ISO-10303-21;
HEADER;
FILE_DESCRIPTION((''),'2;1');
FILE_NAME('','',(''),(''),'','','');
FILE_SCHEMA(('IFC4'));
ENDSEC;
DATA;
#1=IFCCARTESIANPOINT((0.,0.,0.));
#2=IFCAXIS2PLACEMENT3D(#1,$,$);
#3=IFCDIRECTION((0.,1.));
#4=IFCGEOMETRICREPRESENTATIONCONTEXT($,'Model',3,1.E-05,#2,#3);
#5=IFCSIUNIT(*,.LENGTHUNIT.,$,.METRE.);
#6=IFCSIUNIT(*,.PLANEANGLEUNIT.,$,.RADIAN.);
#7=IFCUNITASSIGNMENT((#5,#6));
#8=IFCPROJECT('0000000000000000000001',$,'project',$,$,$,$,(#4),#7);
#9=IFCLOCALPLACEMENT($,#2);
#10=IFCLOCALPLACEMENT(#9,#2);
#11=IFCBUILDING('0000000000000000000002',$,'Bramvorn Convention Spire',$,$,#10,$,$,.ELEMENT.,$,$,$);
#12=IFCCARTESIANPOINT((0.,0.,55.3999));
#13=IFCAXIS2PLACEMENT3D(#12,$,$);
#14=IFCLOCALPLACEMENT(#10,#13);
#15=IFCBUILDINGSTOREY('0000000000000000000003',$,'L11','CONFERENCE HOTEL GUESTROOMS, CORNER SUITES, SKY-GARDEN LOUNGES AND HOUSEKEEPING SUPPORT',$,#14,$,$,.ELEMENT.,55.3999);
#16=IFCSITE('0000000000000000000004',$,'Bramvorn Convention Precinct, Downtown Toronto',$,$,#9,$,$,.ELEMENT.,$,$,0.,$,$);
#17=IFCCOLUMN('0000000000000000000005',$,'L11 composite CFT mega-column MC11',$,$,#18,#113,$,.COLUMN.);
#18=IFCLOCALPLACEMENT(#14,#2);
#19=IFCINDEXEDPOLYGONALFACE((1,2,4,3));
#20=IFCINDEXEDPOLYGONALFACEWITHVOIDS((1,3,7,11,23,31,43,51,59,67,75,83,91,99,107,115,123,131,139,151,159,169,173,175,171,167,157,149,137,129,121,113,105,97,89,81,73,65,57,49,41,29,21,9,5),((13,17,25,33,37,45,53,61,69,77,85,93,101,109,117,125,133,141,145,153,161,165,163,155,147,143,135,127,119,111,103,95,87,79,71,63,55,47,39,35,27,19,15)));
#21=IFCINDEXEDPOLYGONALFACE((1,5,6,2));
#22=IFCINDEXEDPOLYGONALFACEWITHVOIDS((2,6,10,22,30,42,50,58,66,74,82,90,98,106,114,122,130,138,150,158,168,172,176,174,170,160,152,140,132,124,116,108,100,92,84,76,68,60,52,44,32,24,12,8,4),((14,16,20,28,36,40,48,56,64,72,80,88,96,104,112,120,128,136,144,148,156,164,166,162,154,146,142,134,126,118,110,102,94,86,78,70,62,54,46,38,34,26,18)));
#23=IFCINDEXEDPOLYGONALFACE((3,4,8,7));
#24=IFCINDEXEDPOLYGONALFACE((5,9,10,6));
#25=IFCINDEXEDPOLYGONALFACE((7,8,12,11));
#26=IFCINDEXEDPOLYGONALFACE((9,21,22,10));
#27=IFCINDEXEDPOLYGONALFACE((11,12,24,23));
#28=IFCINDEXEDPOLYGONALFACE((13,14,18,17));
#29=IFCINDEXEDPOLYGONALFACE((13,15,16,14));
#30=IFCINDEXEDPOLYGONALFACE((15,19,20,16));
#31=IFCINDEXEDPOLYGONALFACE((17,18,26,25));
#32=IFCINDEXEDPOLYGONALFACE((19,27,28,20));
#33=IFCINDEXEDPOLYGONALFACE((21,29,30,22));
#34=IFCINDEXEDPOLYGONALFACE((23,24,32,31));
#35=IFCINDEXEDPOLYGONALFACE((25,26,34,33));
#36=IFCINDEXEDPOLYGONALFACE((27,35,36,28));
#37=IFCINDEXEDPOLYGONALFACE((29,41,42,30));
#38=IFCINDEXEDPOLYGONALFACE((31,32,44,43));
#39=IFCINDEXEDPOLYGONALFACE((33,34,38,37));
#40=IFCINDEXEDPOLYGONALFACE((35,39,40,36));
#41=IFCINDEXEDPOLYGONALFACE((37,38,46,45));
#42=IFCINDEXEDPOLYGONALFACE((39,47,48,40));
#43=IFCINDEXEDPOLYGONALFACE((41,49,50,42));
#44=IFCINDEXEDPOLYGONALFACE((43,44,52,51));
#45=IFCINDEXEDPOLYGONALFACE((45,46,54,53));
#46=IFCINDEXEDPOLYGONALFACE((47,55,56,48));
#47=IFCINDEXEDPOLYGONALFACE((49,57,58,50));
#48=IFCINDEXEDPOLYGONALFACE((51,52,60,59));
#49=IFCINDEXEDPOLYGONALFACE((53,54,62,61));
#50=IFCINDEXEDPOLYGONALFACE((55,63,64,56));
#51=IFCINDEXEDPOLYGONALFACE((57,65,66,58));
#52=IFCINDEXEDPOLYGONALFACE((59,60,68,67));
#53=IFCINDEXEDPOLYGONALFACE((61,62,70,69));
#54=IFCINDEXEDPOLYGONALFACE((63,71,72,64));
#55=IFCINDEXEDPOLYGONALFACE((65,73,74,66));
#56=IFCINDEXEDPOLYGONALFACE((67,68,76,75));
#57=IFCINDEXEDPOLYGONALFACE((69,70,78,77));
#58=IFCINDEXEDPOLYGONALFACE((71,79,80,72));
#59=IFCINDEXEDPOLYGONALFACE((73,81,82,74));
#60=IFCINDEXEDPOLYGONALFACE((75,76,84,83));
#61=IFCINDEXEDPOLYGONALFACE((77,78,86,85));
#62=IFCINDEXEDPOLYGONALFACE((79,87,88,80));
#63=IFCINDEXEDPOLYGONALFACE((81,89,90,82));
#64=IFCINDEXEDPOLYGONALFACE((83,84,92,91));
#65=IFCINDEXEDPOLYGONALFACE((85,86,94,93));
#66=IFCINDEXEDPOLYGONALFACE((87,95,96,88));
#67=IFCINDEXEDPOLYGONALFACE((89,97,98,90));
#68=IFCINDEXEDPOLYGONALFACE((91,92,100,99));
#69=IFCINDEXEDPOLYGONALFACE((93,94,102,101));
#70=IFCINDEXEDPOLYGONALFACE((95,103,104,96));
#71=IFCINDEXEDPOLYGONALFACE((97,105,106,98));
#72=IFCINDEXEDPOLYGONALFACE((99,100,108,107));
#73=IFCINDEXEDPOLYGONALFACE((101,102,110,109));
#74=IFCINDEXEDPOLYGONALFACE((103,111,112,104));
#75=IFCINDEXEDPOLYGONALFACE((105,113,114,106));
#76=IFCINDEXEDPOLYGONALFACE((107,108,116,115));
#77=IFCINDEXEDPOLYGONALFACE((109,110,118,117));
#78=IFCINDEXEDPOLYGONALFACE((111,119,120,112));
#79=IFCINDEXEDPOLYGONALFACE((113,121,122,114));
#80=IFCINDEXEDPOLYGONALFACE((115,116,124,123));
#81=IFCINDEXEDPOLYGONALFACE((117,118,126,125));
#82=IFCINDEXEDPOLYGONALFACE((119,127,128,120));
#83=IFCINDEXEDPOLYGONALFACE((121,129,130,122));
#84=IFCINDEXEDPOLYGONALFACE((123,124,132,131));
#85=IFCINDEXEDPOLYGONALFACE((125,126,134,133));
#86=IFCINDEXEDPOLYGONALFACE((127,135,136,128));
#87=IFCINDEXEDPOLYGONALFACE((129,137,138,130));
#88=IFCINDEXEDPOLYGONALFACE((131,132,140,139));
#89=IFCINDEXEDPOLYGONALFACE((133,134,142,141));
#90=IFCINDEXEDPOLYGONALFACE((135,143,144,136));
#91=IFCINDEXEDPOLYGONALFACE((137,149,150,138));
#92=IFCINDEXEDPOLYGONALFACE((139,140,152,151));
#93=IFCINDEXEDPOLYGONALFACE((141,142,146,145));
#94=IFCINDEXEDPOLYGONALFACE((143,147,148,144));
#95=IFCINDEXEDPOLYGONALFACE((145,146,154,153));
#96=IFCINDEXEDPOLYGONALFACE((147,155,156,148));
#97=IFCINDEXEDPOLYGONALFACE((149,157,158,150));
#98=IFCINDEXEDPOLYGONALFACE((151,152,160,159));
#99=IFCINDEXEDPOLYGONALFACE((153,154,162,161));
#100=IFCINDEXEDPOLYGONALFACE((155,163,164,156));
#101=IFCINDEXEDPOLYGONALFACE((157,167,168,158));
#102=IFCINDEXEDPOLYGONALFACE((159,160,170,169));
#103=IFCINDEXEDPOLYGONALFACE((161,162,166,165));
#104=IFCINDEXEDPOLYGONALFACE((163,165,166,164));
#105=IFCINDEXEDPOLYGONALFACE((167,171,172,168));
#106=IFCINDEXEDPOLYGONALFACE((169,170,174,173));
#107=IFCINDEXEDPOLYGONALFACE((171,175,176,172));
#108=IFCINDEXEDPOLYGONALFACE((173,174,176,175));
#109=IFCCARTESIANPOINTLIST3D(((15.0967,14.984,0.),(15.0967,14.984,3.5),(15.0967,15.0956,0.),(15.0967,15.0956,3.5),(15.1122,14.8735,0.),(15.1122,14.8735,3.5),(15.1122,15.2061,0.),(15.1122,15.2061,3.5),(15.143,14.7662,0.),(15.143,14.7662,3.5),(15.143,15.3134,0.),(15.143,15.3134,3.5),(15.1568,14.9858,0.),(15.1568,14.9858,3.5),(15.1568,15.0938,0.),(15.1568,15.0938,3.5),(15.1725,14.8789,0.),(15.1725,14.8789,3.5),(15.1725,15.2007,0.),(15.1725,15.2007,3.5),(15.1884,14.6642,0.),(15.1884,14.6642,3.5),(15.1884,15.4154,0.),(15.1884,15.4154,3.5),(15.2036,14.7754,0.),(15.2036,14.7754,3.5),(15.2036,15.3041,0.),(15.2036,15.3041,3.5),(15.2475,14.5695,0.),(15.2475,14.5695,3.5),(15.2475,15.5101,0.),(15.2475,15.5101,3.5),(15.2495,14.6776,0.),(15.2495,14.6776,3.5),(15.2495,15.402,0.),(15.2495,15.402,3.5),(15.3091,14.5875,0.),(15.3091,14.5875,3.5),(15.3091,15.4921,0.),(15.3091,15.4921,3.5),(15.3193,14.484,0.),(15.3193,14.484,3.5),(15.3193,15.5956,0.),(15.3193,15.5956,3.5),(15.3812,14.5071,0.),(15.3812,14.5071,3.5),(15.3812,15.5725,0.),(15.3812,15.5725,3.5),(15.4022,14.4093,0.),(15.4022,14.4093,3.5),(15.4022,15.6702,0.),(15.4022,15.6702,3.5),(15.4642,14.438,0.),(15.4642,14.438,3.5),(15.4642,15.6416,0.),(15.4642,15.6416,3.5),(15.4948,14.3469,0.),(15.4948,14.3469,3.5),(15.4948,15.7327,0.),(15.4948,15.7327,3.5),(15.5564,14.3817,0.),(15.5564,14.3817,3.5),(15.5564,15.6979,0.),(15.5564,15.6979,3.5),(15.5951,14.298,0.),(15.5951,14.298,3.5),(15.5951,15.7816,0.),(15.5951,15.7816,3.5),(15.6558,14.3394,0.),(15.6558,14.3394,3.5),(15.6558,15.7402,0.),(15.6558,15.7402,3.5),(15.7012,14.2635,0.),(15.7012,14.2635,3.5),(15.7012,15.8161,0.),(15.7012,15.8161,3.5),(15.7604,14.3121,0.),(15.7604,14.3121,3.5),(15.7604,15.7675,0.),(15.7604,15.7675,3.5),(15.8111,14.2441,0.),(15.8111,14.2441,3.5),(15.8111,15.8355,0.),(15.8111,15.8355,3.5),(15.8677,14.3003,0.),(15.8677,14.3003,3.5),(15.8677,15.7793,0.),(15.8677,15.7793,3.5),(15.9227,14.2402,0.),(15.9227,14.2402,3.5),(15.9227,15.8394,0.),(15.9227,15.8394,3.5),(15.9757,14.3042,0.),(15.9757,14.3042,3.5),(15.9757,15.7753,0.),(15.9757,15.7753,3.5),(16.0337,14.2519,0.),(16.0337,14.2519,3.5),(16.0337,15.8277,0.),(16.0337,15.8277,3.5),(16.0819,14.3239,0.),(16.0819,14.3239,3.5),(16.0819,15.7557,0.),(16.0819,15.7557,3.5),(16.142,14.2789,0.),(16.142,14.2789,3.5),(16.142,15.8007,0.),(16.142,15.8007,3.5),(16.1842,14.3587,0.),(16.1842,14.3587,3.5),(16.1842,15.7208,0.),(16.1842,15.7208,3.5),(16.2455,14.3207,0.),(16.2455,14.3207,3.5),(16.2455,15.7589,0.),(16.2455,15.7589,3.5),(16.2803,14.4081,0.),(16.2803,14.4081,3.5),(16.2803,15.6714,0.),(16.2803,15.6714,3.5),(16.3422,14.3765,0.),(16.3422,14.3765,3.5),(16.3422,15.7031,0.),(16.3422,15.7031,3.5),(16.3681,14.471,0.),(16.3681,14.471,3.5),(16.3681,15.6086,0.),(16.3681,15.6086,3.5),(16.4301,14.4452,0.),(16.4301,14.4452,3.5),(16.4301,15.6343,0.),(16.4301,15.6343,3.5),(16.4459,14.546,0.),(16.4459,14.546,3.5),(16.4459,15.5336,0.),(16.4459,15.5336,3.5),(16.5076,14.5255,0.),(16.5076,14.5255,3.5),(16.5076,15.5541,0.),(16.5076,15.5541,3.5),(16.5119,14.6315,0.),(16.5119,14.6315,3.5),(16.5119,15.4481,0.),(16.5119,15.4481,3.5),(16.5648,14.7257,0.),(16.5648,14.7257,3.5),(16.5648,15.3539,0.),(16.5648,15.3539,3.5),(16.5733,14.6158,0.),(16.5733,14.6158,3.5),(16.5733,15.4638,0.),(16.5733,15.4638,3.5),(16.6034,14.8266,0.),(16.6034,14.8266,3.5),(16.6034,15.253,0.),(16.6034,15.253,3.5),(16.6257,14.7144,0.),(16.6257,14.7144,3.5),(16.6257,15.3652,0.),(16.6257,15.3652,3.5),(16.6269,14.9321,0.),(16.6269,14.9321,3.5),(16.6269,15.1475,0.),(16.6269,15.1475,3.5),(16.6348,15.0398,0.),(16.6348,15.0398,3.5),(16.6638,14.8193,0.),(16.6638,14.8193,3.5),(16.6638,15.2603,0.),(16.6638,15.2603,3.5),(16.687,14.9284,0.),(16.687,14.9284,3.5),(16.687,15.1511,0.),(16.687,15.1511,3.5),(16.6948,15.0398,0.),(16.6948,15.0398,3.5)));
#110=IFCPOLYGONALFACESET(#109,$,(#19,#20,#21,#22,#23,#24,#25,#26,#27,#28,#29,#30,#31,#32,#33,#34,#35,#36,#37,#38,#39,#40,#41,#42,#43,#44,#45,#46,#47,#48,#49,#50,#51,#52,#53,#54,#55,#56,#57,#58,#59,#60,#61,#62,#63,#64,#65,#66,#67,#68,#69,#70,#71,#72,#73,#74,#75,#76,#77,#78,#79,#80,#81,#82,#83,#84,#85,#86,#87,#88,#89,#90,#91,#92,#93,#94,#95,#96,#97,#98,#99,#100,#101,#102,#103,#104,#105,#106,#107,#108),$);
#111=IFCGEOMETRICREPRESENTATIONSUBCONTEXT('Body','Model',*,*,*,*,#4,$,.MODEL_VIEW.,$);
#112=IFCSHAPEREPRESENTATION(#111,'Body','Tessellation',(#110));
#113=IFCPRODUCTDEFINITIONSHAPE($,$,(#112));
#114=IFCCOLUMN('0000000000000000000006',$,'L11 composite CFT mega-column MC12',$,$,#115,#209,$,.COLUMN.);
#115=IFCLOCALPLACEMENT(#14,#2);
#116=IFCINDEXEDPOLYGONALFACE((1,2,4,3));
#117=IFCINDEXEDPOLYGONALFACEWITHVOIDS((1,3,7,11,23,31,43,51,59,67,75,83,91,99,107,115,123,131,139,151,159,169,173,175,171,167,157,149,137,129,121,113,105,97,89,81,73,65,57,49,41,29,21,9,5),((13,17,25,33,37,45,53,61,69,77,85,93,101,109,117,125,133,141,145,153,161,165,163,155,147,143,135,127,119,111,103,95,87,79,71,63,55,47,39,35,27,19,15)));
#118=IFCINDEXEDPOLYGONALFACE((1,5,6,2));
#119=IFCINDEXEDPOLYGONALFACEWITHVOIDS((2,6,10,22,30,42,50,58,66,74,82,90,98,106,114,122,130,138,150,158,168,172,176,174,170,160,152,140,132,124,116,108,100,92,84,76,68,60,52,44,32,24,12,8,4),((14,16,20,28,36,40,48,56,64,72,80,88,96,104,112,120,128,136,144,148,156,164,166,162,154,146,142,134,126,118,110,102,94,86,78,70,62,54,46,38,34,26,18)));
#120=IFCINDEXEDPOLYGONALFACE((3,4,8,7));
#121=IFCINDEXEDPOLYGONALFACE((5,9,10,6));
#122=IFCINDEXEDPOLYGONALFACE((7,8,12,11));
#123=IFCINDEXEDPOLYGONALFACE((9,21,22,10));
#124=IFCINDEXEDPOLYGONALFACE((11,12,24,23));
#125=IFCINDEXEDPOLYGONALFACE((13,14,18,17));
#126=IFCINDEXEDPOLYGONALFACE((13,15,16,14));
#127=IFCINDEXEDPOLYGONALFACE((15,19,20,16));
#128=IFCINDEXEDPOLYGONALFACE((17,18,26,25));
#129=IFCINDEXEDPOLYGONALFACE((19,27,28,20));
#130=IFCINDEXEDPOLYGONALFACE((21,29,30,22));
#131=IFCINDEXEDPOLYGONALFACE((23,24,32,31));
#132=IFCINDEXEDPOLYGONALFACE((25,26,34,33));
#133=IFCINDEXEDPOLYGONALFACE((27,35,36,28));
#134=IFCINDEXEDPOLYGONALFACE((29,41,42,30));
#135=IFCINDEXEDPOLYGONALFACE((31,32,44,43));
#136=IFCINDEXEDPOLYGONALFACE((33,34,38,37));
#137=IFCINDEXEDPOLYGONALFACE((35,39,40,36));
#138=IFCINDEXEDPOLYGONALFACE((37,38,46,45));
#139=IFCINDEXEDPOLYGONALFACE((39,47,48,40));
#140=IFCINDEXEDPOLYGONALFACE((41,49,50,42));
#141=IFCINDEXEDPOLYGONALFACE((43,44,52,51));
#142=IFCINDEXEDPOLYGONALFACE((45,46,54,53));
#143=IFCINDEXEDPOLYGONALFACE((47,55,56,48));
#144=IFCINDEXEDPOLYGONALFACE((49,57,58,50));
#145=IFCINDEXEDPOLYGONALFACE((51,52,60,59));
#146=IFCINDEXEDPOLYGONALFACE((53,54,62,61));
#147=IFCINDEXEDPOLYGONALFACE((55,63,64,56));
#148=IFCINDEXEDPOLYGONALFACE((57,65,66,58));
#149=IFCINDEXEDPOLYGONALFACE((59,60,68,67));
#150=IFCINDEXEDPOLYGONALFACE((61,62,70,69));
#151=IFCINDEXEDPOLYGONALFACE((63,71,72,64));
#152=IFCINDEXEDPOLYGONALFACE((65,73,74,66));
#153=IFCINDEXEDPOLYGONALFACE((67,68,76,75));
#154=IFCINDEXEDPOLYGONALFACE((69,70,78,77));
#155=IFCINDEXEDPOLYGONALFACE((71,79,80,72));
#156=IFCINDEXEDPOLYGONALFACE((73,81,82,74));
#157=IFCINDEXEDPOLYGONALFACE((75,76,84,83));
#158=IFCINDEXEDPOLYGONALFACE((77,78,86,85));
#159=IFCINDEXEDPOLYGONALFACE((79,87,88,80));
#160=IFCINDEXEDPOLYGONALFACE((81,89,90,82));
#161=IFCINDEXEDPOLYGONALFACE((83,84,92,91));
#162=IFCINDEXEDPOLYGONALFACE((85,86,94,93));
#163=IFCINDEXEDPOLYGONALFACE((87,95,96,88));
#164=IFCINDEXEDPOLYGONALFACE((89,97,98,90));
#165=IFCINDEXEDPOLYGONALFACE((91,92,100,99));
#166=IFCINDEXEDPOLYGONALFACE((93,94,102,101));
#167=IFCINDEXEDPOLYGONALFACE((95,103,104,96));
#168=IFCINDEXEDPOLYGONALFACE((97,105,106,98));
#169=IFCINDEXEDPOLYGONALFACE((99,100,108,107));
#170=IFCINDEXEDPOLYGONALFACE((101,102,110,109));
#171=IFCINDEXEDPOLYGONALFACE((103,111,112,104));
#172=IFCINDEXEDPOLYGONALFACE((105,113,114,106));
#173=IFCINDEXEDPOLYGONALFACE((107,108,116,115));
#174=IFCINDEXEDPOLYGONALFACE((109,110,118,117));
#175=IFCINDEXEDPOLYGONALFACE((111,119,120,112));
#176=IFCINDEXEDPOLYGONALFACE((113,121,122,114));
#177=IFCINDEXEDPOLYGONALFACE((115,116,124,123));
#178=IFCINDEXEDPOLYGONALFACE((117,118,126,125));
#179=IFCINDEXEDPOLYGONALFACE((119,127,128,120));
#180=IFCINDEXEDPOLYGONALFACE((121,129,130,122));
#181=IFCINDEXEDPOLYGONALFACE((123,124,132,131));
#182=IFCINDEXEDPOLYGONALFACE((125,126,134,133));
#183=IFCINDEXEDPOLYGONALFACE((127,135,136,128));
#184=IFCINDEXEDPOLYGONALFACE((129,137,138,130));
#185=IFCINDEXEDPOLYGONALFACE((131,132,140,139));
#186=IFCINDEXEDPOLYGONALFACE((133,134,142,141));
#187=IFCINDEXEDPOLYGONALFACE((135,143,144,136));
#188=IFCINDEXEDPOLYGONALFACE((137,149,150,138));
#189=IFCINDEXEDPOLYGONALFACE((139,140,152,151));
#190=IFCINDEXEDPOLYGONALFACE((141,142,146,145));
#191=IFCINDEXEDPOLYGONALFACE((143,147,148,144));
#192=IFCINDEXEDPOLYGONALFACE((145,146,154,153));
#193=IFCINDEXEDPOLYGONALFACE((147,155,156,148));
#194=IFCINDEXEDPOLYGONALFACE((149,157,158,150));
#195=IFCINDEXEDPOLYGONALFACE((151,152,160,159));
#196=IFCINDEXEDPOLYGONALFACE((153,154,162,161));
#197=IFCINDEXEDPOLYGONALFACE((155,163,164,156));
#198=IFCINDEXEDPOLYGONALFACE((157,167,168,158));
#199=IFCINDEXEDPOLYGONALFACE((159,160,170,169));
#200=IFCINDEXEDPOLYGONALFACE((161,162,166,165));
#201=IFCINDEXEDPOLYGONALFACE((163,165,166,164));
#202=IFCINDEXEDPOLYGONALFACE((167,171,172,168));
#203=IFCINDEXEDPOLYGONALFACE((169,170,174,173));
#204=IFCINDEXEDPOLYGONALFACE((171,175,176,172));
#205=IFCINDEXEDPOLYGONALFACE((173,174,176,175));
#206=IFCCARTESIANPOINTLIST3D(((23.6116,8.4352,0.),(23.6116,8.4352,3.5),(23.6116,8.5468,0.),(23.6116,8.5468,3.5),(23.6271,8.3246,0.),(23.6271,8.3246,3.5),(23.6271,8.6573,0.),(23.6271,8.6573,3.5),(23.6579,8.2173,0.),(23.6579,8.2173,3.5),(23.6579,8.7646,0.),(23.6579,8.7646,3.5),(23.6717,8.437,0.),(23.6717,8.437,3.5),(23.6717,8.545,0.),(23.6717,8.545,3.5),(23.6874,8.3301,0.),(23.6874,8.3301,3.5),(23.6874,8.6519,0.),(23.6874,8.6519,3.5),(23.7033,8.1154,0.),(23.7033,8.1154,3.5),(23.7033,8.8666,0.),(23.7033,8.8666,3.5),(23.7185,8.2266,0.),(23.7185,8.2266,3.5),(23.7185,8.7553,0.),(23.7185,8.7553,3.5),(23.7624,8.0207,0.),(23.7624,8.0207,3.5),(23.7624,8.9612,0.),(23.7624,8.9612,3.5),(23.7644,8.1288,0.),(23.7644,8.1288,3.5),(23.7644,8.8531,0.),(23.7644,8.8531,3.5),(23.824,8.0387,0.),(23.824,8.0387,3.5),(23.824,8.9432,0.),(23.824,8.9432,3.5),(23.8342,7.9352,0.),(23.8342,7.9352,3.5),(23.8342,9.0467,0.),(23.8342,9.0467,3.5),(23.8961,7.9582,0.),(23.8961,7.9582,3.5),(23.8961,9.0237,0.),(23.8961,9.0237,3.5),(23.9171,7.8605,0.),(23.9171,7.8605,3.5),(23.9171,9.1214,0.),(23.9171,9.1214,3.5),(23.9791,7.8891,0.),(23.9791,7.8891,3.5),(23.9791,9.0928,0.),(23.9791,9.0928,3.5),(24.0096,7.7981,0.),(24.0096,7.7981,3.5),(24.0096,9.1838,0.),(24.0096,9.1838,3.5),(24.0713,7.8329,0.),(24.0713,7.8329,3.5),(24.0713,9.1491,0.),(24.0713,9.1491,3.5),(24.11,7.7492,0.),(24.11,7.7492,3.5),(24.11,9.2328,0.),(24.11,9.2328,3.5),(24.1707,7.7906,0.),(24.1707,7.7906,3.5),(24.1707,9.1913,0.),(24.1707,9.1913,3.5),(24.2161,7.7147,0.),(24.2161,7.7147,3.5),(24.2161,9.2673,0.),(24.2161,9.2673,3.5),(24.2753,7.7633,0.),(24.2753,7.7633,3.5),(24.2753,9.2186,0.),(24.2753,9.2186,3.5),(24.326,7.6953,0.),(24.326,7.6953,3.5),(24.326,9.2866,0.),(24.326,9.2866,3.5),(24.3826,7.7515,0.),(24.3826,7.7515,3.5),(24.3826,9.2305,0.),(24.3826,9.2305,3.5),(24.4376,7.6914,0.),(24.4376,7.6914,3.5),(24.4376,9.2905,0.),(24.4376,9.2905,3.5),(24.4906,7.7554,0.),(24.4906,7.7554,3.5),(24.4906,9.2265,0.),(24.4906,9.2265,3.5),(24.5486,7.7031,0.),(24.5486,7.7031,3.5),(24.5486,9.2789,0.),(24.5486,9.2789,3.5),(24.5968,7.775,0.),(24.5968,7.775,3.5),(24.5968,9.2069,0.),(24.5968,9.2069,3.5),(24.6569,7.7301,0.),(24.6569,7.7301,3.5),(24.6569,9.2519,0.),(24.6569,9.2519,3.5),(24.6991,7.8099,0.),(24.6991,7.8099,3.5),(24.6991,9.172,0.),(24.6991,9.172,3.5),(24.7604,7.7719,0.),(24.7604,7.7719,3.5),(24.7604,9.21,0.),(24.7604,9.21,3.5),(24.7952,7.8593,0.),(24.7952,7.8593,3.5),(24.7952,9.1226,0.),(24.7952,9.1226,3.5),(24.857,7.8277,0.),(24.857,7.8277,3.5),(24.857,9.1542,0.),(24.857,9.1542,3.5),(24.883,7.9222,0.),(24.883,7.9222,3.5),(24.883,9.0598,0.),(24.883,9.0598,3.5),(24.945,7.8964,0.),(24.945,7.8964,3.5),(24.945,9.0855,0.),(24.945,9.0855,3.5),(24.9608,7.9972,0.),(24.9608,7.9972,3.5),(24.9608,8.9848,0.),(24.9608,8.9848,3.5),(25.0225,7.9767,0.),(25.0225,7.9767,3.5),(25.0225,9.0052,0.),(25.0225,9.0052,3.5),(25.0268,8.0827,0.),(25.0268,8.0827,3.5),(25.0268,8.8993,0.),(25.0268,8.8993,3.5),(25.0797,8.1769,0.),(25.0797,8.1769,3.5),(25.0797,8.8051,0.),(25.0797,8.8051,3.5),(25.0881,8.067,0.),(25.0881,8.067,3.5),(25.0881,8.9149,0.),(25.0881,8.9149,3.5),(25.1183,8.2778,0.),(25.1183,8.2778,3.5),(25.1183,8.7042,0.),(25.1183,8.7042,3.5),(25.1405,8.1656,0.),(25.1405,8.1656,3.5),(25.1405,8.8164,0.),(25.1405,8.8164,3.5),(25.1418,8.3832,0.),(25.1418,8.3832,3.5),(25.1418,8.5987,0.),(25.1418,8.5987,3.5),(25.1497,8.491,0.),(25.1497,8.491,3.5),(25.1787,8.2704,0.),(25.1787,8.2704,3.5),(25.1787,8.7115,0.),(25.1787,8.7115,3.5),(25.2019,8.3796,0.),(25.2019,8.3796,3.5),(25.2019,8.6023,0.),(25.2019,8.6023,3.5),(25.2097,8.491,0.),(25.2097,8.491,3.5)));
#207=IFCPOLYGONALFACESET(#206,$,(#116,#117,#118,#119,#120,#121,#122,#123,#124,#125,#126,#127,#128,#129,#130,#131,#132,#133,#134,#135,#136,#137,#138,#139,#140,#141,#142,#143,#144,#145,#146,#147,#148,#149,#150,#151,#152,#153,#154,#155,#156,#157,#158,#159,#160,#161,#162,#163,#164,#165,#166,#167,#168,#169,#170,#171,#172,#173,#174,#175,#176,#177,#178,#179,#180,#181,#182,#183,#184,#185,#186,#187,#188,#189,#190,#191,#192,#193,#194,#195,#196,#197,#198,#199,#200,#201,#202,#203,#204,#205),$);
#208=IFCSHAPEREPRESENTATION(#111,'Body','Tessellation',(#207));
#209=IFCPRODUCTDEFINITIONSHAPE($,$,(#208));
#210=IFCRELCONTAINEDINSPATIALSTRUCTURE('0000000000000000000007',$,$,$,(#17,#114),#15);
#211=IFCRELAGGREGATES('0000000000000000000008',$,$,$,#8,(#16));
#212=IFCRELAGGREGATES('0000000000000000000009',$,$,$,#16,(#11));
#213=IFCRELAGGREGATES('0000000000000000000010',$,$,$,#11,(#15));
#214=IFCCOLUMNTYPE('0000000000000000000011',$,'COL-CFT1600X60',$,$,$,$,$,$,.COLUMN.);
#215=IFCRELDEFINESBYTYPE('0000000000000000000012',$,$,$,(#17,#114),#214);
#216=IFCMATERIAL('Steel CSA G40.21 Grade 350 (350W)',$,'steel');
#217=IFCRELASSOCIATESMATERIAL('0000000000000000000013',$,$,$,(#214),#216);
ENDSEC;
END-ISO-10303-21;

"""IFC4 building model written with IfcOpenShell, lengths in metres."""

from ifc_helpers import new_model, si_unit, direction, frame, origin, origin_2d, place, context, subcontext, project, spatial, hollow_circle, extrude, material, material_profile, profile_set, type_object, element, save


model = new_model("IFC4")

# Units and contexts
model_context = context("Model", 3, precision=1e-05, world=origin(), true_north=direction((0.0, 1.0)))
body_context = subcontext(model_context, "Body", "Model", "MODEL_VIEW")
ifc_project = project(units=[si_unit("LENGTHUNIT", "METRE"), si_unit("PLANEANGLEUNIT", "RADIAN")], contexts=[model_context])

# Site, building, storey
site_placement = place(None, origin())
site = spatial("IfcSite", under=ifc_project, at=site_placement, Name="Bramvorn Convention Precinct, Downtown Toronto", CompositionType="ELEMENT", RefElevation=0.0)
building_placement = place(site_placement, origin())
building = spatial("IfcBuilding", under=site, at=building_placement, Name="Bramvorn Convention Spire", CompositionType="ELEMENT")
storey_placement = place(building_placement, frame((0.0, 0.0, 55.3999)))
storey = spatial("IfcBuildingStorey", under=building, at=storey_placement, Name="L11", Description="CONFERENCE HOTEL GUESTROOMS, CORNER SUITES, SKY-GARDEN LOUNGES AND HOUSEKEEPING SUPPORT", CompositionType="ELEMENT", Elevation=55.3999)

# Columns
ifc_material_1 = material(Name="Steel CSA G40.21 Grade 350 (350W)", Category="steel")
ifc_material_profile_1 = material_profile(ifc_material_1, hollow_circle(Radius=0.8, WallThickness=0.0601, at=origin_2d()))
ifc_profile_set_1 = profile_set([ifc_material_profile_1], Name="Steel CSA G40.21 Grade 350 (350W) - CFT1600X60")
column_type = type_object("IfcColumnType", Name="COL-CFT1600X60", PredefinedType="COLUMN", material=ifc_profile_set_1)
for number, where, z_axis, x_axis, name in (
    (1, (15.8948, 15.0398, 0.0), (0.0, 0.0, 1.0), (1.0, 0.0, 0.0), "L11 composite CFT mega-column MC11"),
    (2, (24.4097, 8.491, 0.0), (0.0, 0.0, 1.0), (1.0, 0.0, 0.0), "L11 composite CFT mega-column MC12"),
):
    element("IfcColumn", number, at=place(storey_placement, frame(where, z_axis=z_axis, x_axis=x_axis)), inside=storey, type_object=column_type, Name=name, PredefinedType="COLUMN", context=body_context, shape_type="SweptSolid", body=[
        extrude(hollow_circle(Radius=0.8, WallThickness=0.0601, at=origin_2d()), origin(), (0.0, 0.0, 1.0), 3.5),
    ])

save(model, "model.ifc")
